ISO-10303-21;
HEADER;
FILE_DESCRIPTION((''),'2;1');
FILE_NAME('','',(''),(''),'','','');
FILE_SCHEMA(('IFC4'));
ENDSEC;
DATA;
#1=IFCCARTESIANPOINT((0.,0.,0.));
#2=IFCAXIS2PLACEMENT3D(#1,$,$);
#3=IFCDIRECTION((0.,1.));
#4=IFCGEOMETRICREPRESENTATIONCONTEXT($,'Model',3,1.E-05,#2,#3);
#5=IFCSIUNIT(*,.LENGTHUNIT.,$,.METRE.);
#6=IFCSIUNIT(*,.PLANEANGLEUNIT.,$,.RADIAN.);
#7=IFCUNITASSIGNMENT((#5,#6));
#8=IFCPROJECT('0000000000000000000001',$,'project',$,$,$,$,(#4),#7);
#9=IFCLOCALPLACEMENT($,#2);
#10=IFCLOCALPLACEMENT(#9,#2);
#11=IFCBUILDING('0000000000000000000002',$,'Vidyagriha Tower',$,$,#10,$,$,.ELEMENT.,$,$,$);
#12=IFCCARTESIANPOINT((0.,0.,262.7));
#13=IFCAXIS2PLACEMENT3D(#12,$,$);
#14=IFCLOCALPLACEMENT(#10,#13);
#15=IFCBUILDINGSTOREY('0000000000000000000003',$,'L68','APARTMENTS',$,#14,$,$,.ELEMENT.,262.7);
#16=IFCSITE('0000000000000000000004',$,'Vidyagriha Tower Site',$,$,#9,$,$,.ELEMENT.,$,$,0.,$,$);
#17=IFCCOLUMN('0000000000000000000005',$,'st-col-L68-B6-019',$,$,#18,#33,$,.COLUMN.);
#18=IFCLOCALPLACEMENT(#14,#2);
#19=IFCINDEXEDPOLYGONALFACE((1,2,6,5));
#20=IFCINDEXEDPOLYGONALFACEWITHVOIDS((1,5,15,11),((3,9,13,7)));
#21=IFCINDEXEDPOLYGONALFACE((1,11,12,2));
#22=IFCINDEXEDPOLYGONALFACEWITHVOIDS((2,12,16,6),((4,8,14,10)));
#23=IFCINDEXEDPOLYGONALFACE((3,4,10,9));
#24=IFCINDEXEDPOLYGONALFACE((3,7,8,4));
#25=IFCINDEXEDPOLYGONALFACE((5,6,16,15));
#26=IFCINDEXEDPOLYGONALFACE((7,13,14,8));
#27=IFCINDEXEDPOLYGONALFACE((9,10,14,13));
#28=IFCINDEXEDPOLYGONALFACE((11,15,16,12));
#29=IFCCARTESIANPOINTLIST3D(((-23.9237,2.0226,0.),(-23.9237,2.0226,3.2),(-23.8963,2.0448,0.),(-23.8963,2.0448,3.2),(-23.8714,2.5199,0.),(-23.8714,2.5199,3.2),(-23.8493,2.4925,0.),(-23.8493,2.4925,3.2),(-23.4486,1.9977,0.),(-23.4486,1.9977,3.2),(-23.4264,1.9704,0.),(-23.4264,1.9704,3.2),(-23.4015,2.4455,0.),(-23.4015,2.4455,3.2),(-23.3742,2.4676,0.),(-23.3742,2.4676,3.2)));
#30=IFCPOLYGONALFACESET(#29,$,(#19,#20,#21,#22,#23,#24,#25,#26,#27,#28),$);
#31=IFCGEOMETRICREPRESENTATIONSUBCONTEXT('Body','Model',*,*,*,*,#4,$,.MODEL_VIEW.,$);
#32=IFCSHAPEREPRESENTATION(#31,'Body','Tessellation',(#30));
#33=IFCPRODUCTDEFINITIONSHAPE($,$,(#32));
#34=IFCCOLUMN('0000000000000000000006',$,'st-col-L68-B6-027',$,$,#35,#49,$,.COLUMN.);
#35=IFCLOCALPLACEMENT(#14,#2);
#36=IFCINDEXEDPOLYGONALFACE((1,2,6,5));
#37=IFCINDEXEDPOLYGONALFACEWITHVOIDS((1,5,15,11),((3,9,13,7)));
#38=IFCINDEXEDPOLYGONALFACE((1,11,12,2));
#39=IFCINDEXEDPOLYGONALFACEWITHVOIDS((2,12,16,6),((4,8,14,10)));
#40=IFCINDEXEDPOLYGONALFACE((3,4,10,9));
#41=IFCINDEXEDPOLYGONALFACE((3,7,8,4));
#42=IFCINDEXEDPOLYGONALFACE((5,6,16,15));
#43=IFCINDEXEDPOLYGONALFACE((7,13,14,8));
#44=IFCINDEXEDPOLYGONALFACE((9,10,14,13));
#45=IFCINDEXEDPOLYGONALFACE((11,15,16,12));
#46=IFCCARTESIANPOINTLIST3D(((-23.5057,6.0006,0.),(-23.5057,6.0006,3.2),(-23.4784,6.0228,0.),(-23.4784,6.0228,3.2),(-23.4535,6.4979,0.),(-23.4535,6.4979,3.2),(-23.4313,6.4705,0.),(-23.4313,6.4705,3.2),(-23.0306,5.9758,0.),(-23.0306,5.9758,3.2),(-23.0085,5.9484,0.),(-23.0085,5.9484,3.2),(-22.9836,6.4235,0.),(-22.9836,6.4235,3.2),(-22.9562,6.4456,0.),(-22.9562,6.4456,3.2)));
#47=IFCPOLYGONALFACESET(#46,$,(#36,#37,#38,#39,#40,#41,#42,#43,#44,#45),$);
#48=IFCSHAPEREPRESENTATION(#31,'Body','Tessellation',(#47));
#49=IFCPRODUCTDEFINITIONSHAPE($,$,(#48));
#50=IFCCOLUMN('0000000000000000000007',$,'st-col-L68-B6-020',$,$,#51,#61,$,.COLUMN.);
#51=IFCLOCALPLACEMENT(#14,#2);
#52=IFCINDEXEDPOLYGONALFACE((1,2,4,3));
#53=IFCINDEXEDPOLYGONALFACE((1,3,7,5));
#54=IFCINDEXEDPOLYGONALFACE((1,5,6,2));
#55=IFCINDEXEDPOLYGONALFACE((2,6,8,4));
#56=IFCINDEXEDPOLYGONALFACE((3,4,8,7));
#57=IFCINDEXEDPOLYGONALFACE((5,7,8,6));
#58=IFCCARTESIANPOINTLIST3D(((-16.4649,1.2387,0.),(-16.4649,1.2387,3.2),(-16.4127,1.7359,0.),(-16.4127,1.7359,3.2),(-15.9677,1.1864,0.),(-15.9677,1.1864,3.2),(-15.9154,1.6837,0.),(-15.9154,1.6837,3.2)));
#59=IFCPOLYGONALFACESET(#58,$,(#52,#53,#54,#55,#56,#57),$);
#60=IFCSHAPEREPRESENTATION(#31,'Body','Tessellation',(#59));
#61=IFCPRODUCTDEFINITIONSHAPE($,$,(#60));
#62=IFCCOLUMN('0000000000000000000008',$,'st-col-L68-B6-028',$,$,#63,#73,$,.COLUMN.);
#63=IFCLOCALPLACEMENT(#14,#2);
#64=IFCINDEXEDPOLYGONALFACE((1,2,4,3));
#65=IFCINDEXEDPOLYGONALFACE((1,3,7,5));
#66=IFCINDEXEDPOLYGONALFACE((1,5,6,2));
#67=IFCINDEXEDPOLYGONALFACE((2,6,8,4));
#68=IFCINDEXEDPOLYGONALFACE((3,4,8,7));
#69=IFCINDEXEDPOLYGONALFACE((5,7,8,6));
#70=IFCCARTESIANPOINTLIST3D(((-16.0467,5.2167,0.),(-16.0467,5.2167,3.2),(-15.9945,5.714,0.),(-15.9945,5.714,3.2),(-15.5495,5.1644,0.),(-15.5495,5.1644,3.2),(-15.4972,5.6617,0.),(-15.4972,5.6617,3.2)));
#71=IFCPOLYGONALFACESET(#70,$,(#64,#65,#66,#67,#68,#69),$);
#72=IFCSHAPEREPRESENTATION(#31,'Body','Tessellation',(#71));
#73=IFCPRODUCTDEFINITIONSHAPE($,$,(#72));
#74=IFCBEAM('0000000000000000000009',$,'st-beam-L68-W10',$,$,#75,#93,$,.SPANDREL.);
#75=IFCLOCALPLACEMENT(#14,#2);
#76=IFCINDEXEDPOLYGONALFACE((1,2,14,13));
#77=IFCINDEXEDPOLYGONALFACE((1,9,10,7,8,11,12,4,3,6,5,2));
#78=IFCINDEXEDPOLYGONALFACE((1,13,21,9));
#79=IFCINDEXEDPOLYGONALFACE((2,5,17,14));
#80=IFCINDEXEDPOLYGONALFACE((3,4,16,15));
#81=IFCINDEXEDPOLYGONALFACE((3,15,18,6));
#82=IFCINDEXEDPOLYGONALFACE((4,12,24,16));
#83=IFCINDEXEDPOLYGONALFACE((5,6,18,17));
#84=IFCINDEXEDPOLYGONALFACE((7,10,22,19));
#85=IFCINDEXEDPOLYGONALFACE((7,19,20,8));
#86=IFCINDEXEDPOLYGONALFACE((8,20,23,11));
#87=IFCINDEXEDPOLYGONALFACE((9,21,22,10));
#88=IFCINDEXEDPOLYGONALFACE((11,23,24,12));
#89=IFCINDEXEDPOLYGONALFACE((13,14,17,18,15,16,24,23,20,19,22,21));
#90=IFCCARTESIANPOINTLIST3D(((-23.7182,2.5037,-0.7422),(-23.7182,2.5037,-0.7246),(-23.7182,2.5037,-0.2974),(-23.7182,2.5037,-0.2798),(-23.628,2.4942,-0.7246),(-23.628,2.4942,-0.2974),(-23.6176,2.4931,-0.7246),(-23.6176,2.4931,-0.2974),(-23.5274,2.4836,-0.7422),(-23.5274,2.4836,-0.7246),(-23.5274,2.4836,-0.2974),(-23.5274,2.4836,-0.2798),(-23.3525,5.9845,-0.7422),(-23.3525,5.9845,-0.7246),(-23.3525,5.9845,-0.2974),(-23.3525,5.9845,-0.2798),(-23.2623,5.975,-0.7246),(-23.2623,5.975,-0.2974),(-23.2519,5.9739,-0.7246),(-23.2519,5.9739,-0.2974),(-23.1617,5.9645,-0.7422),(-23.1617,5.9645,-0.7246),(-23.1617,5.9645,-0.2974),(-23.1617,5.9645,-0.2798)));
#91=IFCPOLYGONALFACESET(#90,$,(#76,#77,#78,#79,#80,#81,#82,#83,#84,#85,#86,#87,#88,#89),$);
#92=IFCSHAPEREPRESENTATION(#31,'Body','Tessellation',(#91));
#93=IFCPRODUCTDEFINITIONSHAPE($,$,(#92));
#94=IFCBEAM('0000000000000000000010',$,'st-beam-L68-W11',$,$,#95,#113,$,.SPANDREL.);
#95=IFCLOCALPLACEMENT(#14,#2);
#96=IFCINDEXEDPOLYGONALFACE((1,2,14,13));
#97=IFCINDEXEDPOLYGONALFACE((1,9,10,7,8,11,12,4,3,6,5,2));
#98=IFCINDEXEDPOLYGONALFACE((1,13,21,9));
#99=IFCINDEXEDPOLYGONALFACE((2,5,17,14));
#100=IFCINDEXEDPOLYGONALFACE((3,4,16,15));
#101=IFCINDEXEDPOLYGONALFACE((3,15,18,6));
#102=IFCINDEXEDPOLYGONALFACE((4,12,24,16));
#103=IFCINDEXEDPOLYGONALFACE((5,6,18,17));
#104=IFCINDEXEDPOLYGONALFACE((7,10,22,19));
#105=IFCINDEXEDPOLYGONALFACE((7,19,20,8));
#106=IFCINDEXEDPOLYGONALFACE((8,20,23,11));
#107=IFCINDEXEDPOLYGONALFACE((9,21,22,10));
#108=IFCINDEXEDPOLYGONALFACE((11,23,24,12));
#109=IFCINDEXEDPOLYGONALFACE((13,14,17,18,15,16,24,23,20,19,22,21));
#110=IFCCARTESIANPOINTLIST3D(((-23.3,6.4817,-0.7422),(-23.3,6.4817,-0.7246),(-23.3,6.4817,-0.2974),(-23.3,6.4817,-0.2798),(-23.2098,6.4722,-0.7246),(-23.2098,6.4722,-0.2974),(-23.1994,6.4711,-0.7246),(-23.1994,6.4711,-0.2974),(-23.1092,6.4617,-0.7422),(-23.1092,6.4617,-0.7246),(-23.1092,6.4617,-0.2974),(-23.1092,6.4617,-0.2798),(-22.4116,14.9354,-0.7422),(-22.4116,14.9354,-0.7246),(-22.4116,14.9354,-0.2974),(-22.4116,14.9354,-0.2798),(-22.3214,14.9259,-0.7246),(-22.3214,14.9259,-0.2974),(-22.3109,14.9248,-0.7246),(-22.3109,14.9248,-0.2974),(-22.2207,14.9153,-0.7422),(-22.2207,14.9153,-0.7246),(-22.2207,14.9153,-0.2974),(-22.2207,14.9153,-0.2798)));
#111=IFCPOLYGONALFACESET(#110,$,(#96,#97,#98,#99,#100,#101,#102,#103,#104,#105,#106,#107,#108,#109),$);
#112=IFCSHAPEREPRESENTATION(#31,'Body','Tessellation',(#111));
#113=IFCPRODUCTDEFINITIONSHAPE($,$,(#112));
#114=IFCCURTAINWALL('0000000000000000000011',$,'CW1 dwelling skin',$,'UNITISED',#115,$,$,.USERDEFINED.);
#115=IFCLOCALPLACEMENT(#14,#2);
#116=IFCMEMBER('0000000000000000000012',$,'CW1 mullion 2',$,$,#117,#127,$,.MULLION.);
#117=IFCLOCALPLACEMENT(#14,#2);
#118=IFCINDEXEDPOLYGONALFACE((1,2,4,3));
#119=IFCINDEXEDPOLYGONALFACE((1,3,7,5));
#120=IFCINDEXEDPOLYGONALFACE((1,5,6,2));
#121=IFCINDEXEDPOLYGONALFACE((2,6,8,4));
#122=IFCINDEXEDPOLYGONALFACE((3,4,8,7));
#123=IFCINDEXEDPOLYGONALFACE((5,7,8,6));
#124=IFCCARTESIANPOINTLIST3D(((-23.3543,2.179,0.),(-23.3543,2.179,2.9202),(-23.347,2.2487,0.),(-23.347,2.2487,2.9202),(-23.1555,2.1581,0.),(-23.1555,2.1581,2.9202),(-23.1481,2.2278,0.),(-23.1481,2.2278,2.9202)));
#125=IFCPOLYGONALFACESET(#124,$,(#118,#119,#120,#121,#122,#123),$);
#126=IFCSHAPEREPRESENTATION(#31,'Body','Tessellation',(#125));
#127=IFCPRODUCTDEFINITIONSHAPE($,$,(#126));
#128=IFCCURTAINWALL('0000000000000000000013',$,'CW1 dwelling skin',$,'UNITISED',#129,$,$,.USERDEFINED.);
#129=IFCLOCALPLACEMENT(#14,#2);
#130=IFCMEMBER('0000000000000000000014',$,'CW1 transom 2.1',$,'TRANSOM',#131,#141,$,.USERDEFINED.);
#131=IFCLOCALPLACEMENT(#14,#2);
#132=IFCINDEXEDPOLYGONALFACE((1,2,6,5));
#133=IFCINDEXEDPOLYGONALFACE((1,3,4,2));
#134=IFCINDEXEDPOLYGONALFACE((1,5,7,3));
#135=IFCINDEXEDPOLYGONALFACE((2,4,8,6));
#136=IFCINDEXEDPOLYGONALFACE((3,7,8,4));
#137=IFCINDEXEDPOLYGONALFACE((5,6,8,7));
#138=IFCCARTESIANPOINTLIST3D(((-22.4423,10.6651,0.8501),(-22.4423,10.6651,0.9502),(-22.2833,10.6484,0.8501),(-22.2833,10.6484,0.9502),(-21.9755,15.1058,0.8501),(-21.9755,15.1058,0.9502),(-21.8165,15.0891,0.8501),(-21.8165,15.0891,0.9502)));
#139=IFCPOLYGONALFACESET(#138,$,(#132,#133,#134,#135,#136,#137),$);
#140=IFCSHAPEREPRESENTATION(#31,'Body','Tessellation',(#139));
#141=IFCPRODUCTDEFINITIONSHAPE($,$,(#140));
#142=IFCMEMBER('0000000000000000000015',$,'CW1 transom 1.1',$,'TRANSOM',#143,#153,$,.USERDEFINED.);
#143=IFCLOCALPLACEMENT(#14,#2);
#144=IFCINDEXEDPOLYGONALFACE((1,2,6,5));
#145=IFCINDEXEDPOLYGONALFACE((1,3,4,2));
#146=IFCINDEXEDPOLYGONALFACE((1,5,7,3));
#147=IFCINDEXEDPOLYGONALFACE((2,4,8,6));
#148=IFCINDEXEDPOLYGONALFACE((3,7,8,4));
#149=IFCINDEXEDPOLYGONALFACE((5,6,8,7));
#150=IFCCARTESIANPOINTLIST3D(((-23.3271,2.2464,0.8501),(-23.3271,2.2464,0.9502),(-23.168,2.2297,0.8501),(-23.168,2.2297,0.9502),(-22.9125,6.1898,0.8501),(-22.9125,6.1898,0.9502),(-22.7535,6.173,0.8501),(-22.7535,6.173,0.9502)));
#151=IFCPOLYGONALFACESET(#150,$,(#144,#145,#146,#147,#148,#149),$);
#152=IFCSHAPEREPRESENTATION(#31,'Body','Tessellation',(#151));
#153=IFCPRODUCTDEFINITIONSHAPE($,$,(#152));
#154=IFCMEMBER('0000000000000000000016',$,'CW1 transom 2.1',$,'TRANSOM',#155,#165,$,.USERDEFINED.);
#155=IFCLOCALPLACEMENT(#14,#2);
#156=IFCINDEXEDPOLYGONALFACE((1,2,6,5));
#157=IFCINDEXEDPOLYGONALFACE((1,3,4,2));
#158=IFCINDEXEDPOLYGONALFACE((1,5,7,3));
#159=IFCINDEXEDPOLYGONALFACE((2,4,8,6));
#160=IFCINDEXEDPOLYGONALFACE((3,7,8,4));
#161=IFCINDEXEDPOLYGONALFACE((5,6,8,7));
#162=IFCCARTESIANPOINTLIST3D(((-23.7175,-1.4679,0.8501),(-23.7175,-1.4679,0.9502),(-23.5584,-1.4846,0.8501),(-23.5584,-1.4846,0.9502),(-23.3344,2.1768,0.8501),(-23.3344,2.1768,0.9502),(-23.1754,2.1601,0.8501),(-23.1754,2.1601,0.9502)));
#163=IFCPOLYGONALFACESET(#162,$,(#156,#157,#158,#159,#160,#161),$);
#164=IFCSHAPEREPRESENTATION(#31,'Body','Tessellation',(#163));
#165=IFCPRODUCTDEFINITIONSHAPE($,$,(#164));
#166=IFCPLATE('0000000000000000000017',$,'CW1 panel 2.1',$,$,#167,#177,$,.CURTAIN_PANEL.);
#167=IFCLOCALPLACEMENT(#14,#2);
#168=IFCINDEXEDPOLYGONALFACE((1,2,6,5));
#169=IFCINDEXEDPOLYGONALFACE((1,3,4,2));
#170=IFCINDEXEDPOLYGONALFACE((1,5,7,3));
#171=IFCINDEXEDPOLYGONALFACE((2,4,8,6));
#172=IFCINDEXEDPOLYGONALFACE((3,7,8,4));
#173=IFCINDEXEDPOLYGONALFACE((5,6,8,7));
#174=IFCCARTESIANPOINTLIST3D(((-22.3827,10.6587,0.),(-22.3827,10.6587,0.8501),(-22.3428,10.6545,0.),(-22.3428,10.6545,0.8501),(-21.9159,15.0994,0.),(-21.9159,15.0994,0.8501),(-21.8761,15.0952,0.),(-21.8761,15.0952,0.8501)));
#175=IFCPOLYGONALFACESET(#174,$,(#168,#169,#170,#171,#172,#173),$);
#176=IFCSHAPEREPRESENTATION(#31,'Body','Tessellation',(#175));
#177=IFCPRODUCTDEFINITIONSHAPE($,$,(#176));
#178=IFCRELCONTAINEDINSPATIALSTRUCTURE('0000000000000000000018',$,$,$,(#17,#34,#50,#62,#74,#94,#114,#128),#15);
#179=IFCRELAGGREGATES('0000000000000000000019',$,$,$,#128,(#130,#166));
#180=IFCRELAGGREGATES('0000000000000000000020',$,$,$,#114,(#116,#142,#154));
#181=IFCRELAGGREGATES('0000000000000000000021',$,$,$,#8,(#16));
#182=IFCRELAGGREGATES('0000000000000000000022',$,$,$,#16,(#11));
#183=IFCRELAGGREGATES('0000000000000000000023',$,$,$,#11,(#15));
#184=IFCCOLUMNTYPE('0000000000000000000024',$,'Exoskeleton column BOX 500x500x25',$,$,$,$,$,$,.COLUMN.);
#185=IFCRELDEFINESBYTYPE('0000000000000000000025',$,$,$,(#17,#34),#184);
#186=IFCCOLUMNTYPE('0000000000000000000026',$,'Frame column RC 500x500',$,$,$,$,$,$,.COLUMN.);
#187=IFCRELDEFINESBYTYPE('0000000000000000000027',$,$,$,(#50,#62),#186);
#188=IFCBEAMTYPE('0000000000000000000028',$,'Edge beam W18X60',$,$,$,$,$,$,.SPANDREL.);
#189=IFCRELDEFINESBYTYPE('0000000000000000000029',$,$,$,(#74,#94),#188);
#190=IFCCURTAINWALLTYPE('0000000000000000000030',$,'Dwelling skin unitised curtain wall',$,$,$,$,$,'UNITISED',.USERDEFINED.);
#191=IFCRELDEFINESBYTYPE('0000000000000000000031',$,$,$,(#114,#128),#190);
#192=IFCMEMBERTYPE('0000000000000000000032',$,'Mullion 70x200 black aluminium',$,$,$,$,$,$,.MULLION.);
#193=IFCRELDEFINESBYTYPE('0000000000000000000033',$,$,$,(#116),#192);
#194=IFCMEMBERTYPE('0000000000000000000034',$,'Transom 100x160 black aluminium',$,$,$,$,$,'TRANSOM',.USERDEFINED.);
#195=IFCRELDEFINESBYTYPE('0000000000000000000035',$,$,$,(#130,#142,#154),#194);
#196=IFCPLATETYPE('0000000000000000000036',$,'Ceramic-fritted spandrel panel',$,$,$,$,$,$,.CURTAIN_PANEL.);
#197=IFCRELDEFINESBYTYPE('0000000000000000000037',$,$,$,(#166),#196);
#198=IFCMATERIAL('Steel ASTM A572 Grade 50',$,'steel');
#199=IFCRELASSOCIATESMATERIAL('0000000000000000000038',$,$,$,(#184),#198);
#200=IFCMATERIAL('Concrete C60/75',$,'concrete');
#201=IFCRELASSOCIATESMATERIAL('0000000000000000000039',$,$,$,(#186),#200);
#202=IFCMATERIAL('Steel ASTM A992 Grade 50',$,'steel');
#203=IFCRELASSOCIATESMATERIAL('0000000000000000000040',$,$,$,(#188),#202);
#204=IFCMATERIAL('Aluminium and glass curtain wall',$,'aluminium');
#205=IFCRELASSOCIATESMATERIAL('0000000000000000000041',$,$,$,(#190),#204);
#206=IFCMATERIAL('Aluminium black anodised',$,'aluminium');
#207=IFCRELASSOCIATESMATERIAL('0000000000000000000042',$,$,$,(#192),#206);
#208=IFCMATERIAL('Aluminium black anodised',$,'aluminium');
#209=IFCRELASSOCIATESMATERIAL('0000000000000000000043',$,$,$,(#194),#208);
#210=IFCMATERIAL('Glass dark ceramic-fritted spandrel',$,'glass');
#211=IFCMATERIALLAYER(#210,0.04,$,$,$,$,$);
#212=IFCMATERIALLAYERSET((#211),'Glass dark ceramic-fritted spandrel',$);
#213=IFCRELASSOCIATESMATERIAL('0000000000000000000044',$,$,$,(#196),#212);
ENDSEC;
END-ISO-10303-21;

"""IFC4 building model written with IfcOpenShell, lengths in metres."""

from ifc_helpers import new_model, si_unit, direction, frame, origin, origin_2d, place, context, subcontext, project, spatial, rectangle, hollow_rectangle, i_section, extrude, material, layer, layer_set, material_profile, profile_set, type_object, element, aggregate, save


model = new_model("IFC4")

# Units and contexts
model_context = context("Model", 3, precision=1e-05, world=origin(), true_north=direction((0.0, 1.0)))
body_context = subcontext(model_context, "Body", "Model", "MODEL_VIEW")
ifc_project = project(units=[si_unit("LENGTHUNIT", "METRE"), si_unit("PLANEANGLEUNIT", "RADIAN")], contexts=[model_context])

# Site, building, storey
site_placement = place(None, origin())
site = spatial("IfcSite", under=ifc_project, at=site_placement, Name="Vidyagriha Tower Site", CompositionType="ELEMENT", RefElevation=0.0)
building_placement = place(site_placement, origin())
building = spatial("IfcBuilding", under=site, at=building_placement, Name="Vidyagriha Tower", CompositionType="ELEMENT")
storey_placement = place(building_placement, frame((0.0, 0.0, 262.7)))
storey = spatial("IfcBuildingStorey", under=building, at=storey_placement, Name="L68", Description="APARTMENTS", CompositionType="ELEMENT", Elevation=262.7)

# Columns
ifc_material_1 = material(Name="Steel ASTM A572 Grade 50", Category="steel")
ifc_material_profile_1 = material_profile(ifc_material_1, hollow_rectangle(XDim=0.5, YDim=0.5, WallThickness=0.0249, at=origin_2d()), Name="BOX 500x500x25")
ifc_profile_set_1 = profile_set([ifc_material_profile_1], Name="Steel ASTM A572 Grade 50")
column_type_1 = type_object("IfcColumnType", Name="Exoskeleton column BOX 500x500x25", PredefinedType="COLUMN", material=ifc_profile_set_1)
for number, where, z_axis, x_axis, name in (
    (1, (-23.6489, 2.2451, 0.0), (0.0, 0.0, 1.0), (0.994522, -0.104528, 0.0), "st-col-L68-B6-019"),
    (2, (-23.231, 6.2231, 0.0), (0.0, 0.0, 1.0), (0.994522, -0.104528, 0.0), "st-col-L68-B6-027"),
):
    element("IfcColumn", number, at=place(storey_placement, frame(where, z_axis=z_axis, x_axis=x_axis)), inside=storey, type_object=column_type_1, Name=name, PredefinedType="COLUMN", context=body_context, shape_type="SweptSolid", body=[
        extrude(hollow_rectangle(XDim=0.5, YDim=0.5, WallThickness=0.0249, at=origin_2d()), origin(), (0.0, 0.0, 1.0), 3.2),
    ])
ifc_material_2 = material(Name="Concrete C60/75", Category="concrete")
ifc_material_profile_2 = material_profile(ifc_material_2, rectangle(XDim=0.5, YDim=0.5, at=origin_2d()), Name="RC 500x500")
ifc_profile_set_2 = profile_set([ifc_material_profile_2], Name="Concrete C60/75")
column_type_2 = type_object("IfcColumnType", Name="Frame column RC 500x500", PredefinedType="COLUMN", material=ifc_profile_set_2)
for number, where, z_axis, x_axis, name in (
    (3, (-16.1902, 1.4612, 0.0), (0.0, 0.0, 1.0), (0.994522, -0.104528, 0.0), "st-col-L68-B6-020"),
    (4, (-15.772, 5.4392, 0.0), (0.0, 0.0, 1.0), (0.994522, -0.104528, 0.0), "st-col-L68-B6-028"),
):
    element("IfcColumn", number, at=place(storey_placement, frame(where, z_axis=z_axis, x_axis=x_axis)), inside=storey, type_object=column_type_2, Name=name, PredefinedType="COLUMN", context=body_context, shape_type="SweptSolid", body=[
        extrude(rectangle(XDim=0.5, YDim=0.5, at=origin_2d()), origin(), (0.0, 0.0, 1.0), 3.2),
    ])

# Beams
ifc_material_3 = material(Name="Steel ASTM A992 Grade 50", Category="steel")
ifc_material_profile_3 = material_profile(ifc_material_3, i_section(OverallWidth=0.1919, OverallDepth=0.4624, WebThickness=0.0105, FlangeThickness=0.0176, at=origin_2d()), Name="W18X60")
ifc_profile_set_3 = profile_set([ifc_material_profile_3], Name="Steel ASTM A992 Grade 50")
beam_type = type_object("IfcBeamType", Name="Edge beam W18X60", PredefinedType="SPANDREL", material=ifc_profile_set_3)
beam_1_placement = place(storey_placement, frame((-23.6228, 2.4937, -0.511), z_axis=(0.104489, 0.994526, 0.0), x_axis=(-0.994526, 0.104489, 0.0)))
element("IfcBeam", 5, at=beam_1_placement, inside=storey, type_object=beam_type, Name="st-beam-L68-W10", PredefinedType="SPANDREL", context=body_context, shape_type="SweptSolid", body=[
    extrude(i_section(OverallWidth=0.1919, OverallDepth=0.4624, WebThickness=0.0105, FlangeThickness=0.0176, at=origin_2d()), origin(), (0.0, 0.0, 1.0), 3.5),
])
beam_2_placement = place(storey_placement, frame((-23.2046, 6.4717, -0.511), z_axis=(0.104519, 0.994523, 0.0), x_axis=(-0.994523, 0.104519, 0.0)))
element("IfcBeam", 6, at=beam_2_placement, inside=storey, type_object=beam_type, Name="st-beam-L68-W11", PredefinedType="SPANDREL", context=body_context, shape_type="SweptSolid", body=[
    extrude(i_section(OverallWidth=0.1919, OverallDepth=0.4624, WebThickness=0.0105, FlangeThickness=0.0176, at=origin_2d()), origin(), (0.0, 0.0, 1.0), 8.5002),
])

# Curtain walls, members
ifc_material_4 = material(Name="Aluminium and glass curtain wall", Category="aluminium")
curtain_wall_type = type_object("IfcCurtainWallType", Name="Dwelling skin unitised curtain wall", ElementType="UNITISED", PredefinedType="USERDEFINED", material=ifc_material_4)
curtain_wall_1_placement = place(storey_placement, origin())
curtain_wall_1 = element("IfcCurtainWall", 7, at=curtain_wall_1_placement, inside=storey, type_object=curtain_wall_type, Name="CW1 dwelling skin", ObjectType="UNITISED", PredefinedType="USERDEFINED")
ifc_material_5 = material(Name="Aluminium black anodised", Category="aluminium")
ifc_material_profile_4 = material_profile(ifc_material_5, rectangle(XDim=0.2, YDim=0.0701, at=origin_2d()), Name="Mullion 70x200 black aluminium")
ifc_profile_set_4 = profile_set([ifc_material_profile_4], Name="Aluminium black anodised")
member_type_1 = type_object("IfcMemberType", Name="Mullion 70x200 black aluminium", PredefinedType="MULLION", material=ifc_profile_set_4)
member_1_placement = place(storey_placement, frame((-23.2512, 2.2034, 0.0), z_axis=(0.0, 0.0, 1.0), x_axis=(0.994521, -0.104533, 0.0)))
member_1 = element("IfcMember", 8, at=member_1_placement, type_object=member_type_1, Name="CW1 mullion 2", PredefinedType="MULLION", context=body_context, shape_type="SweptSolid", body=[
    extrude(rectangle(XDim=0.2, YDim=0.0701, at=origin_2d()), origin(), (0.0, 0.0, 1.0), 2.9202),
])
curtain_wall_2_placement = place(storey_placement, origin())
curtain_wall_2 = element("IfcCurtainWall", 9, at=curtain_wall_2_placement, inside=storey, type_object=curtain_wall_type, Name="CW1 dwelling skin", ObjectType="UNITISED", PredefinedType="USERDEFINED")
ifc_material_6 = material(Name="Aluminium black anodised", Category="aluminium")
ifc_material_profile_5 = material_profile(ifc_material_6, rectangle(XDim=0.1599, YDim=0.1001, at=origin_2d()), Name="Transom 100x160 black aluminium")
ifc_profile_set_5 = profile_set([ifc_material_profile_5], Name="Aluminium black anodised")
member_type_2 = type_object("IfcMemberType", Name="Transom 100x160 black aluminium", ElementType="TRANSOM", PredefinedType="USERDEFINED", material=ifc_profile_set_5)
member_2_placement = place(storey_placement, frame((-21.896, 15.0974, 0.9001), z_axis=(-0.104542, -0.99452, 0.0), x_axis=(0.99452, -0.104542, 0.0)))
member_2 = element("IfcMember", 10, at=member_2_placement, type_object=member_type_2, Name="CW1 transom 2.1", ObjectType="TRANSOM", PredefinedType="USERDEFINED", context=body_context, shape_type="SweptSolid", body=[
    extrude(rectangle(XDim=0.1599, YDim=0.1001, at=origin_2d()), origin(), (0.0, 0.0, 1.0), 4.4651),
])

# Members
member_3_placement = place(storey_placement, frame((-22.833, 6.1814, 0.9001), z_axis=(-0.10455, -0.99452, 0.0), x_axis=(0.99452, -0.10455, 0.0)))
member_3 = element("IfcMember", 11, at=member_3_placement, type_object=member_type_2, Name="CW1 transom 1.1", ObjectType="TRANSOM", PredefinedType="USERDEFINED", context=body_context, shape_type="SweptSolid", body=[
    extrude(rectangle(XDim=0.1599, YDim=0.1001, at=origin_2d()), origin(), (0.0, 0.0, 1.0), 3.9651),
])
member_4_placement = place(storey_placement, frame((-23.2549, 2.1685, 0.9001), z_axis=(-0.104522, -0.994523, 0.0), x_axis=(0.994523, -0.104522, 0.0)))
member_4 = element("IfcMember", 12, at=member_4_placement, type_object=member_type_2, Name="CW1 transom 2.1", ObjectType="TRANSOM", PredefinedType="USERDEFINED", context=body_context, shape_type="SweptSolid", body=[
    extrude(rectangle(XDim=0.1599, YDim=0.1001, at=origin_2d()), origin(), (0.0, 0.0, 1.0), 3.6648),
])

# Plate
ifc_material_7 = material(Name="Glass dark ceramic-fritted spandrel", Category="glass")
ifc_layer_1 = layer(ifc_material_7, 0.04)
ifc_layer_set_1 = layer_set([ifc_layer_1], Name="Glass dark ceramic-fritted spandrel")
plate_type_1 = type_object("IfcPlateType", Name="Ceramic-fritted spandrel panel", PredefinedType="CURTAIN_PANEL", material=ifc_layer_set_1)
plate_1_placement = place(storey_placement, frame((-22.1294, 12.877, 0.0), z_axis=(0.0, 0.0, 1.0), x_axis=(-0.104525, -0.994522, 0.0)))
plate_1 = element("IfcPlate", 13, at=plate_1_placement, type_object=plate_type_1, Name="CW1 panel 2.1", PredefinedType="CURTAIN_PANEL", context=body_context, shape_type="SweptSolid", body=[
    extrude(rectangle(XDim=4.4651, YDim=0.04, at=origin_2d()), origin(), (0.0, 0.0, 1.0), 0.8501),
])
aggregate(curtain_wall_2, [member_2, plate_1])
aggregate(curtain_wall_1, [member_1, member_3, member_4])

save(model, "model.ifc")
